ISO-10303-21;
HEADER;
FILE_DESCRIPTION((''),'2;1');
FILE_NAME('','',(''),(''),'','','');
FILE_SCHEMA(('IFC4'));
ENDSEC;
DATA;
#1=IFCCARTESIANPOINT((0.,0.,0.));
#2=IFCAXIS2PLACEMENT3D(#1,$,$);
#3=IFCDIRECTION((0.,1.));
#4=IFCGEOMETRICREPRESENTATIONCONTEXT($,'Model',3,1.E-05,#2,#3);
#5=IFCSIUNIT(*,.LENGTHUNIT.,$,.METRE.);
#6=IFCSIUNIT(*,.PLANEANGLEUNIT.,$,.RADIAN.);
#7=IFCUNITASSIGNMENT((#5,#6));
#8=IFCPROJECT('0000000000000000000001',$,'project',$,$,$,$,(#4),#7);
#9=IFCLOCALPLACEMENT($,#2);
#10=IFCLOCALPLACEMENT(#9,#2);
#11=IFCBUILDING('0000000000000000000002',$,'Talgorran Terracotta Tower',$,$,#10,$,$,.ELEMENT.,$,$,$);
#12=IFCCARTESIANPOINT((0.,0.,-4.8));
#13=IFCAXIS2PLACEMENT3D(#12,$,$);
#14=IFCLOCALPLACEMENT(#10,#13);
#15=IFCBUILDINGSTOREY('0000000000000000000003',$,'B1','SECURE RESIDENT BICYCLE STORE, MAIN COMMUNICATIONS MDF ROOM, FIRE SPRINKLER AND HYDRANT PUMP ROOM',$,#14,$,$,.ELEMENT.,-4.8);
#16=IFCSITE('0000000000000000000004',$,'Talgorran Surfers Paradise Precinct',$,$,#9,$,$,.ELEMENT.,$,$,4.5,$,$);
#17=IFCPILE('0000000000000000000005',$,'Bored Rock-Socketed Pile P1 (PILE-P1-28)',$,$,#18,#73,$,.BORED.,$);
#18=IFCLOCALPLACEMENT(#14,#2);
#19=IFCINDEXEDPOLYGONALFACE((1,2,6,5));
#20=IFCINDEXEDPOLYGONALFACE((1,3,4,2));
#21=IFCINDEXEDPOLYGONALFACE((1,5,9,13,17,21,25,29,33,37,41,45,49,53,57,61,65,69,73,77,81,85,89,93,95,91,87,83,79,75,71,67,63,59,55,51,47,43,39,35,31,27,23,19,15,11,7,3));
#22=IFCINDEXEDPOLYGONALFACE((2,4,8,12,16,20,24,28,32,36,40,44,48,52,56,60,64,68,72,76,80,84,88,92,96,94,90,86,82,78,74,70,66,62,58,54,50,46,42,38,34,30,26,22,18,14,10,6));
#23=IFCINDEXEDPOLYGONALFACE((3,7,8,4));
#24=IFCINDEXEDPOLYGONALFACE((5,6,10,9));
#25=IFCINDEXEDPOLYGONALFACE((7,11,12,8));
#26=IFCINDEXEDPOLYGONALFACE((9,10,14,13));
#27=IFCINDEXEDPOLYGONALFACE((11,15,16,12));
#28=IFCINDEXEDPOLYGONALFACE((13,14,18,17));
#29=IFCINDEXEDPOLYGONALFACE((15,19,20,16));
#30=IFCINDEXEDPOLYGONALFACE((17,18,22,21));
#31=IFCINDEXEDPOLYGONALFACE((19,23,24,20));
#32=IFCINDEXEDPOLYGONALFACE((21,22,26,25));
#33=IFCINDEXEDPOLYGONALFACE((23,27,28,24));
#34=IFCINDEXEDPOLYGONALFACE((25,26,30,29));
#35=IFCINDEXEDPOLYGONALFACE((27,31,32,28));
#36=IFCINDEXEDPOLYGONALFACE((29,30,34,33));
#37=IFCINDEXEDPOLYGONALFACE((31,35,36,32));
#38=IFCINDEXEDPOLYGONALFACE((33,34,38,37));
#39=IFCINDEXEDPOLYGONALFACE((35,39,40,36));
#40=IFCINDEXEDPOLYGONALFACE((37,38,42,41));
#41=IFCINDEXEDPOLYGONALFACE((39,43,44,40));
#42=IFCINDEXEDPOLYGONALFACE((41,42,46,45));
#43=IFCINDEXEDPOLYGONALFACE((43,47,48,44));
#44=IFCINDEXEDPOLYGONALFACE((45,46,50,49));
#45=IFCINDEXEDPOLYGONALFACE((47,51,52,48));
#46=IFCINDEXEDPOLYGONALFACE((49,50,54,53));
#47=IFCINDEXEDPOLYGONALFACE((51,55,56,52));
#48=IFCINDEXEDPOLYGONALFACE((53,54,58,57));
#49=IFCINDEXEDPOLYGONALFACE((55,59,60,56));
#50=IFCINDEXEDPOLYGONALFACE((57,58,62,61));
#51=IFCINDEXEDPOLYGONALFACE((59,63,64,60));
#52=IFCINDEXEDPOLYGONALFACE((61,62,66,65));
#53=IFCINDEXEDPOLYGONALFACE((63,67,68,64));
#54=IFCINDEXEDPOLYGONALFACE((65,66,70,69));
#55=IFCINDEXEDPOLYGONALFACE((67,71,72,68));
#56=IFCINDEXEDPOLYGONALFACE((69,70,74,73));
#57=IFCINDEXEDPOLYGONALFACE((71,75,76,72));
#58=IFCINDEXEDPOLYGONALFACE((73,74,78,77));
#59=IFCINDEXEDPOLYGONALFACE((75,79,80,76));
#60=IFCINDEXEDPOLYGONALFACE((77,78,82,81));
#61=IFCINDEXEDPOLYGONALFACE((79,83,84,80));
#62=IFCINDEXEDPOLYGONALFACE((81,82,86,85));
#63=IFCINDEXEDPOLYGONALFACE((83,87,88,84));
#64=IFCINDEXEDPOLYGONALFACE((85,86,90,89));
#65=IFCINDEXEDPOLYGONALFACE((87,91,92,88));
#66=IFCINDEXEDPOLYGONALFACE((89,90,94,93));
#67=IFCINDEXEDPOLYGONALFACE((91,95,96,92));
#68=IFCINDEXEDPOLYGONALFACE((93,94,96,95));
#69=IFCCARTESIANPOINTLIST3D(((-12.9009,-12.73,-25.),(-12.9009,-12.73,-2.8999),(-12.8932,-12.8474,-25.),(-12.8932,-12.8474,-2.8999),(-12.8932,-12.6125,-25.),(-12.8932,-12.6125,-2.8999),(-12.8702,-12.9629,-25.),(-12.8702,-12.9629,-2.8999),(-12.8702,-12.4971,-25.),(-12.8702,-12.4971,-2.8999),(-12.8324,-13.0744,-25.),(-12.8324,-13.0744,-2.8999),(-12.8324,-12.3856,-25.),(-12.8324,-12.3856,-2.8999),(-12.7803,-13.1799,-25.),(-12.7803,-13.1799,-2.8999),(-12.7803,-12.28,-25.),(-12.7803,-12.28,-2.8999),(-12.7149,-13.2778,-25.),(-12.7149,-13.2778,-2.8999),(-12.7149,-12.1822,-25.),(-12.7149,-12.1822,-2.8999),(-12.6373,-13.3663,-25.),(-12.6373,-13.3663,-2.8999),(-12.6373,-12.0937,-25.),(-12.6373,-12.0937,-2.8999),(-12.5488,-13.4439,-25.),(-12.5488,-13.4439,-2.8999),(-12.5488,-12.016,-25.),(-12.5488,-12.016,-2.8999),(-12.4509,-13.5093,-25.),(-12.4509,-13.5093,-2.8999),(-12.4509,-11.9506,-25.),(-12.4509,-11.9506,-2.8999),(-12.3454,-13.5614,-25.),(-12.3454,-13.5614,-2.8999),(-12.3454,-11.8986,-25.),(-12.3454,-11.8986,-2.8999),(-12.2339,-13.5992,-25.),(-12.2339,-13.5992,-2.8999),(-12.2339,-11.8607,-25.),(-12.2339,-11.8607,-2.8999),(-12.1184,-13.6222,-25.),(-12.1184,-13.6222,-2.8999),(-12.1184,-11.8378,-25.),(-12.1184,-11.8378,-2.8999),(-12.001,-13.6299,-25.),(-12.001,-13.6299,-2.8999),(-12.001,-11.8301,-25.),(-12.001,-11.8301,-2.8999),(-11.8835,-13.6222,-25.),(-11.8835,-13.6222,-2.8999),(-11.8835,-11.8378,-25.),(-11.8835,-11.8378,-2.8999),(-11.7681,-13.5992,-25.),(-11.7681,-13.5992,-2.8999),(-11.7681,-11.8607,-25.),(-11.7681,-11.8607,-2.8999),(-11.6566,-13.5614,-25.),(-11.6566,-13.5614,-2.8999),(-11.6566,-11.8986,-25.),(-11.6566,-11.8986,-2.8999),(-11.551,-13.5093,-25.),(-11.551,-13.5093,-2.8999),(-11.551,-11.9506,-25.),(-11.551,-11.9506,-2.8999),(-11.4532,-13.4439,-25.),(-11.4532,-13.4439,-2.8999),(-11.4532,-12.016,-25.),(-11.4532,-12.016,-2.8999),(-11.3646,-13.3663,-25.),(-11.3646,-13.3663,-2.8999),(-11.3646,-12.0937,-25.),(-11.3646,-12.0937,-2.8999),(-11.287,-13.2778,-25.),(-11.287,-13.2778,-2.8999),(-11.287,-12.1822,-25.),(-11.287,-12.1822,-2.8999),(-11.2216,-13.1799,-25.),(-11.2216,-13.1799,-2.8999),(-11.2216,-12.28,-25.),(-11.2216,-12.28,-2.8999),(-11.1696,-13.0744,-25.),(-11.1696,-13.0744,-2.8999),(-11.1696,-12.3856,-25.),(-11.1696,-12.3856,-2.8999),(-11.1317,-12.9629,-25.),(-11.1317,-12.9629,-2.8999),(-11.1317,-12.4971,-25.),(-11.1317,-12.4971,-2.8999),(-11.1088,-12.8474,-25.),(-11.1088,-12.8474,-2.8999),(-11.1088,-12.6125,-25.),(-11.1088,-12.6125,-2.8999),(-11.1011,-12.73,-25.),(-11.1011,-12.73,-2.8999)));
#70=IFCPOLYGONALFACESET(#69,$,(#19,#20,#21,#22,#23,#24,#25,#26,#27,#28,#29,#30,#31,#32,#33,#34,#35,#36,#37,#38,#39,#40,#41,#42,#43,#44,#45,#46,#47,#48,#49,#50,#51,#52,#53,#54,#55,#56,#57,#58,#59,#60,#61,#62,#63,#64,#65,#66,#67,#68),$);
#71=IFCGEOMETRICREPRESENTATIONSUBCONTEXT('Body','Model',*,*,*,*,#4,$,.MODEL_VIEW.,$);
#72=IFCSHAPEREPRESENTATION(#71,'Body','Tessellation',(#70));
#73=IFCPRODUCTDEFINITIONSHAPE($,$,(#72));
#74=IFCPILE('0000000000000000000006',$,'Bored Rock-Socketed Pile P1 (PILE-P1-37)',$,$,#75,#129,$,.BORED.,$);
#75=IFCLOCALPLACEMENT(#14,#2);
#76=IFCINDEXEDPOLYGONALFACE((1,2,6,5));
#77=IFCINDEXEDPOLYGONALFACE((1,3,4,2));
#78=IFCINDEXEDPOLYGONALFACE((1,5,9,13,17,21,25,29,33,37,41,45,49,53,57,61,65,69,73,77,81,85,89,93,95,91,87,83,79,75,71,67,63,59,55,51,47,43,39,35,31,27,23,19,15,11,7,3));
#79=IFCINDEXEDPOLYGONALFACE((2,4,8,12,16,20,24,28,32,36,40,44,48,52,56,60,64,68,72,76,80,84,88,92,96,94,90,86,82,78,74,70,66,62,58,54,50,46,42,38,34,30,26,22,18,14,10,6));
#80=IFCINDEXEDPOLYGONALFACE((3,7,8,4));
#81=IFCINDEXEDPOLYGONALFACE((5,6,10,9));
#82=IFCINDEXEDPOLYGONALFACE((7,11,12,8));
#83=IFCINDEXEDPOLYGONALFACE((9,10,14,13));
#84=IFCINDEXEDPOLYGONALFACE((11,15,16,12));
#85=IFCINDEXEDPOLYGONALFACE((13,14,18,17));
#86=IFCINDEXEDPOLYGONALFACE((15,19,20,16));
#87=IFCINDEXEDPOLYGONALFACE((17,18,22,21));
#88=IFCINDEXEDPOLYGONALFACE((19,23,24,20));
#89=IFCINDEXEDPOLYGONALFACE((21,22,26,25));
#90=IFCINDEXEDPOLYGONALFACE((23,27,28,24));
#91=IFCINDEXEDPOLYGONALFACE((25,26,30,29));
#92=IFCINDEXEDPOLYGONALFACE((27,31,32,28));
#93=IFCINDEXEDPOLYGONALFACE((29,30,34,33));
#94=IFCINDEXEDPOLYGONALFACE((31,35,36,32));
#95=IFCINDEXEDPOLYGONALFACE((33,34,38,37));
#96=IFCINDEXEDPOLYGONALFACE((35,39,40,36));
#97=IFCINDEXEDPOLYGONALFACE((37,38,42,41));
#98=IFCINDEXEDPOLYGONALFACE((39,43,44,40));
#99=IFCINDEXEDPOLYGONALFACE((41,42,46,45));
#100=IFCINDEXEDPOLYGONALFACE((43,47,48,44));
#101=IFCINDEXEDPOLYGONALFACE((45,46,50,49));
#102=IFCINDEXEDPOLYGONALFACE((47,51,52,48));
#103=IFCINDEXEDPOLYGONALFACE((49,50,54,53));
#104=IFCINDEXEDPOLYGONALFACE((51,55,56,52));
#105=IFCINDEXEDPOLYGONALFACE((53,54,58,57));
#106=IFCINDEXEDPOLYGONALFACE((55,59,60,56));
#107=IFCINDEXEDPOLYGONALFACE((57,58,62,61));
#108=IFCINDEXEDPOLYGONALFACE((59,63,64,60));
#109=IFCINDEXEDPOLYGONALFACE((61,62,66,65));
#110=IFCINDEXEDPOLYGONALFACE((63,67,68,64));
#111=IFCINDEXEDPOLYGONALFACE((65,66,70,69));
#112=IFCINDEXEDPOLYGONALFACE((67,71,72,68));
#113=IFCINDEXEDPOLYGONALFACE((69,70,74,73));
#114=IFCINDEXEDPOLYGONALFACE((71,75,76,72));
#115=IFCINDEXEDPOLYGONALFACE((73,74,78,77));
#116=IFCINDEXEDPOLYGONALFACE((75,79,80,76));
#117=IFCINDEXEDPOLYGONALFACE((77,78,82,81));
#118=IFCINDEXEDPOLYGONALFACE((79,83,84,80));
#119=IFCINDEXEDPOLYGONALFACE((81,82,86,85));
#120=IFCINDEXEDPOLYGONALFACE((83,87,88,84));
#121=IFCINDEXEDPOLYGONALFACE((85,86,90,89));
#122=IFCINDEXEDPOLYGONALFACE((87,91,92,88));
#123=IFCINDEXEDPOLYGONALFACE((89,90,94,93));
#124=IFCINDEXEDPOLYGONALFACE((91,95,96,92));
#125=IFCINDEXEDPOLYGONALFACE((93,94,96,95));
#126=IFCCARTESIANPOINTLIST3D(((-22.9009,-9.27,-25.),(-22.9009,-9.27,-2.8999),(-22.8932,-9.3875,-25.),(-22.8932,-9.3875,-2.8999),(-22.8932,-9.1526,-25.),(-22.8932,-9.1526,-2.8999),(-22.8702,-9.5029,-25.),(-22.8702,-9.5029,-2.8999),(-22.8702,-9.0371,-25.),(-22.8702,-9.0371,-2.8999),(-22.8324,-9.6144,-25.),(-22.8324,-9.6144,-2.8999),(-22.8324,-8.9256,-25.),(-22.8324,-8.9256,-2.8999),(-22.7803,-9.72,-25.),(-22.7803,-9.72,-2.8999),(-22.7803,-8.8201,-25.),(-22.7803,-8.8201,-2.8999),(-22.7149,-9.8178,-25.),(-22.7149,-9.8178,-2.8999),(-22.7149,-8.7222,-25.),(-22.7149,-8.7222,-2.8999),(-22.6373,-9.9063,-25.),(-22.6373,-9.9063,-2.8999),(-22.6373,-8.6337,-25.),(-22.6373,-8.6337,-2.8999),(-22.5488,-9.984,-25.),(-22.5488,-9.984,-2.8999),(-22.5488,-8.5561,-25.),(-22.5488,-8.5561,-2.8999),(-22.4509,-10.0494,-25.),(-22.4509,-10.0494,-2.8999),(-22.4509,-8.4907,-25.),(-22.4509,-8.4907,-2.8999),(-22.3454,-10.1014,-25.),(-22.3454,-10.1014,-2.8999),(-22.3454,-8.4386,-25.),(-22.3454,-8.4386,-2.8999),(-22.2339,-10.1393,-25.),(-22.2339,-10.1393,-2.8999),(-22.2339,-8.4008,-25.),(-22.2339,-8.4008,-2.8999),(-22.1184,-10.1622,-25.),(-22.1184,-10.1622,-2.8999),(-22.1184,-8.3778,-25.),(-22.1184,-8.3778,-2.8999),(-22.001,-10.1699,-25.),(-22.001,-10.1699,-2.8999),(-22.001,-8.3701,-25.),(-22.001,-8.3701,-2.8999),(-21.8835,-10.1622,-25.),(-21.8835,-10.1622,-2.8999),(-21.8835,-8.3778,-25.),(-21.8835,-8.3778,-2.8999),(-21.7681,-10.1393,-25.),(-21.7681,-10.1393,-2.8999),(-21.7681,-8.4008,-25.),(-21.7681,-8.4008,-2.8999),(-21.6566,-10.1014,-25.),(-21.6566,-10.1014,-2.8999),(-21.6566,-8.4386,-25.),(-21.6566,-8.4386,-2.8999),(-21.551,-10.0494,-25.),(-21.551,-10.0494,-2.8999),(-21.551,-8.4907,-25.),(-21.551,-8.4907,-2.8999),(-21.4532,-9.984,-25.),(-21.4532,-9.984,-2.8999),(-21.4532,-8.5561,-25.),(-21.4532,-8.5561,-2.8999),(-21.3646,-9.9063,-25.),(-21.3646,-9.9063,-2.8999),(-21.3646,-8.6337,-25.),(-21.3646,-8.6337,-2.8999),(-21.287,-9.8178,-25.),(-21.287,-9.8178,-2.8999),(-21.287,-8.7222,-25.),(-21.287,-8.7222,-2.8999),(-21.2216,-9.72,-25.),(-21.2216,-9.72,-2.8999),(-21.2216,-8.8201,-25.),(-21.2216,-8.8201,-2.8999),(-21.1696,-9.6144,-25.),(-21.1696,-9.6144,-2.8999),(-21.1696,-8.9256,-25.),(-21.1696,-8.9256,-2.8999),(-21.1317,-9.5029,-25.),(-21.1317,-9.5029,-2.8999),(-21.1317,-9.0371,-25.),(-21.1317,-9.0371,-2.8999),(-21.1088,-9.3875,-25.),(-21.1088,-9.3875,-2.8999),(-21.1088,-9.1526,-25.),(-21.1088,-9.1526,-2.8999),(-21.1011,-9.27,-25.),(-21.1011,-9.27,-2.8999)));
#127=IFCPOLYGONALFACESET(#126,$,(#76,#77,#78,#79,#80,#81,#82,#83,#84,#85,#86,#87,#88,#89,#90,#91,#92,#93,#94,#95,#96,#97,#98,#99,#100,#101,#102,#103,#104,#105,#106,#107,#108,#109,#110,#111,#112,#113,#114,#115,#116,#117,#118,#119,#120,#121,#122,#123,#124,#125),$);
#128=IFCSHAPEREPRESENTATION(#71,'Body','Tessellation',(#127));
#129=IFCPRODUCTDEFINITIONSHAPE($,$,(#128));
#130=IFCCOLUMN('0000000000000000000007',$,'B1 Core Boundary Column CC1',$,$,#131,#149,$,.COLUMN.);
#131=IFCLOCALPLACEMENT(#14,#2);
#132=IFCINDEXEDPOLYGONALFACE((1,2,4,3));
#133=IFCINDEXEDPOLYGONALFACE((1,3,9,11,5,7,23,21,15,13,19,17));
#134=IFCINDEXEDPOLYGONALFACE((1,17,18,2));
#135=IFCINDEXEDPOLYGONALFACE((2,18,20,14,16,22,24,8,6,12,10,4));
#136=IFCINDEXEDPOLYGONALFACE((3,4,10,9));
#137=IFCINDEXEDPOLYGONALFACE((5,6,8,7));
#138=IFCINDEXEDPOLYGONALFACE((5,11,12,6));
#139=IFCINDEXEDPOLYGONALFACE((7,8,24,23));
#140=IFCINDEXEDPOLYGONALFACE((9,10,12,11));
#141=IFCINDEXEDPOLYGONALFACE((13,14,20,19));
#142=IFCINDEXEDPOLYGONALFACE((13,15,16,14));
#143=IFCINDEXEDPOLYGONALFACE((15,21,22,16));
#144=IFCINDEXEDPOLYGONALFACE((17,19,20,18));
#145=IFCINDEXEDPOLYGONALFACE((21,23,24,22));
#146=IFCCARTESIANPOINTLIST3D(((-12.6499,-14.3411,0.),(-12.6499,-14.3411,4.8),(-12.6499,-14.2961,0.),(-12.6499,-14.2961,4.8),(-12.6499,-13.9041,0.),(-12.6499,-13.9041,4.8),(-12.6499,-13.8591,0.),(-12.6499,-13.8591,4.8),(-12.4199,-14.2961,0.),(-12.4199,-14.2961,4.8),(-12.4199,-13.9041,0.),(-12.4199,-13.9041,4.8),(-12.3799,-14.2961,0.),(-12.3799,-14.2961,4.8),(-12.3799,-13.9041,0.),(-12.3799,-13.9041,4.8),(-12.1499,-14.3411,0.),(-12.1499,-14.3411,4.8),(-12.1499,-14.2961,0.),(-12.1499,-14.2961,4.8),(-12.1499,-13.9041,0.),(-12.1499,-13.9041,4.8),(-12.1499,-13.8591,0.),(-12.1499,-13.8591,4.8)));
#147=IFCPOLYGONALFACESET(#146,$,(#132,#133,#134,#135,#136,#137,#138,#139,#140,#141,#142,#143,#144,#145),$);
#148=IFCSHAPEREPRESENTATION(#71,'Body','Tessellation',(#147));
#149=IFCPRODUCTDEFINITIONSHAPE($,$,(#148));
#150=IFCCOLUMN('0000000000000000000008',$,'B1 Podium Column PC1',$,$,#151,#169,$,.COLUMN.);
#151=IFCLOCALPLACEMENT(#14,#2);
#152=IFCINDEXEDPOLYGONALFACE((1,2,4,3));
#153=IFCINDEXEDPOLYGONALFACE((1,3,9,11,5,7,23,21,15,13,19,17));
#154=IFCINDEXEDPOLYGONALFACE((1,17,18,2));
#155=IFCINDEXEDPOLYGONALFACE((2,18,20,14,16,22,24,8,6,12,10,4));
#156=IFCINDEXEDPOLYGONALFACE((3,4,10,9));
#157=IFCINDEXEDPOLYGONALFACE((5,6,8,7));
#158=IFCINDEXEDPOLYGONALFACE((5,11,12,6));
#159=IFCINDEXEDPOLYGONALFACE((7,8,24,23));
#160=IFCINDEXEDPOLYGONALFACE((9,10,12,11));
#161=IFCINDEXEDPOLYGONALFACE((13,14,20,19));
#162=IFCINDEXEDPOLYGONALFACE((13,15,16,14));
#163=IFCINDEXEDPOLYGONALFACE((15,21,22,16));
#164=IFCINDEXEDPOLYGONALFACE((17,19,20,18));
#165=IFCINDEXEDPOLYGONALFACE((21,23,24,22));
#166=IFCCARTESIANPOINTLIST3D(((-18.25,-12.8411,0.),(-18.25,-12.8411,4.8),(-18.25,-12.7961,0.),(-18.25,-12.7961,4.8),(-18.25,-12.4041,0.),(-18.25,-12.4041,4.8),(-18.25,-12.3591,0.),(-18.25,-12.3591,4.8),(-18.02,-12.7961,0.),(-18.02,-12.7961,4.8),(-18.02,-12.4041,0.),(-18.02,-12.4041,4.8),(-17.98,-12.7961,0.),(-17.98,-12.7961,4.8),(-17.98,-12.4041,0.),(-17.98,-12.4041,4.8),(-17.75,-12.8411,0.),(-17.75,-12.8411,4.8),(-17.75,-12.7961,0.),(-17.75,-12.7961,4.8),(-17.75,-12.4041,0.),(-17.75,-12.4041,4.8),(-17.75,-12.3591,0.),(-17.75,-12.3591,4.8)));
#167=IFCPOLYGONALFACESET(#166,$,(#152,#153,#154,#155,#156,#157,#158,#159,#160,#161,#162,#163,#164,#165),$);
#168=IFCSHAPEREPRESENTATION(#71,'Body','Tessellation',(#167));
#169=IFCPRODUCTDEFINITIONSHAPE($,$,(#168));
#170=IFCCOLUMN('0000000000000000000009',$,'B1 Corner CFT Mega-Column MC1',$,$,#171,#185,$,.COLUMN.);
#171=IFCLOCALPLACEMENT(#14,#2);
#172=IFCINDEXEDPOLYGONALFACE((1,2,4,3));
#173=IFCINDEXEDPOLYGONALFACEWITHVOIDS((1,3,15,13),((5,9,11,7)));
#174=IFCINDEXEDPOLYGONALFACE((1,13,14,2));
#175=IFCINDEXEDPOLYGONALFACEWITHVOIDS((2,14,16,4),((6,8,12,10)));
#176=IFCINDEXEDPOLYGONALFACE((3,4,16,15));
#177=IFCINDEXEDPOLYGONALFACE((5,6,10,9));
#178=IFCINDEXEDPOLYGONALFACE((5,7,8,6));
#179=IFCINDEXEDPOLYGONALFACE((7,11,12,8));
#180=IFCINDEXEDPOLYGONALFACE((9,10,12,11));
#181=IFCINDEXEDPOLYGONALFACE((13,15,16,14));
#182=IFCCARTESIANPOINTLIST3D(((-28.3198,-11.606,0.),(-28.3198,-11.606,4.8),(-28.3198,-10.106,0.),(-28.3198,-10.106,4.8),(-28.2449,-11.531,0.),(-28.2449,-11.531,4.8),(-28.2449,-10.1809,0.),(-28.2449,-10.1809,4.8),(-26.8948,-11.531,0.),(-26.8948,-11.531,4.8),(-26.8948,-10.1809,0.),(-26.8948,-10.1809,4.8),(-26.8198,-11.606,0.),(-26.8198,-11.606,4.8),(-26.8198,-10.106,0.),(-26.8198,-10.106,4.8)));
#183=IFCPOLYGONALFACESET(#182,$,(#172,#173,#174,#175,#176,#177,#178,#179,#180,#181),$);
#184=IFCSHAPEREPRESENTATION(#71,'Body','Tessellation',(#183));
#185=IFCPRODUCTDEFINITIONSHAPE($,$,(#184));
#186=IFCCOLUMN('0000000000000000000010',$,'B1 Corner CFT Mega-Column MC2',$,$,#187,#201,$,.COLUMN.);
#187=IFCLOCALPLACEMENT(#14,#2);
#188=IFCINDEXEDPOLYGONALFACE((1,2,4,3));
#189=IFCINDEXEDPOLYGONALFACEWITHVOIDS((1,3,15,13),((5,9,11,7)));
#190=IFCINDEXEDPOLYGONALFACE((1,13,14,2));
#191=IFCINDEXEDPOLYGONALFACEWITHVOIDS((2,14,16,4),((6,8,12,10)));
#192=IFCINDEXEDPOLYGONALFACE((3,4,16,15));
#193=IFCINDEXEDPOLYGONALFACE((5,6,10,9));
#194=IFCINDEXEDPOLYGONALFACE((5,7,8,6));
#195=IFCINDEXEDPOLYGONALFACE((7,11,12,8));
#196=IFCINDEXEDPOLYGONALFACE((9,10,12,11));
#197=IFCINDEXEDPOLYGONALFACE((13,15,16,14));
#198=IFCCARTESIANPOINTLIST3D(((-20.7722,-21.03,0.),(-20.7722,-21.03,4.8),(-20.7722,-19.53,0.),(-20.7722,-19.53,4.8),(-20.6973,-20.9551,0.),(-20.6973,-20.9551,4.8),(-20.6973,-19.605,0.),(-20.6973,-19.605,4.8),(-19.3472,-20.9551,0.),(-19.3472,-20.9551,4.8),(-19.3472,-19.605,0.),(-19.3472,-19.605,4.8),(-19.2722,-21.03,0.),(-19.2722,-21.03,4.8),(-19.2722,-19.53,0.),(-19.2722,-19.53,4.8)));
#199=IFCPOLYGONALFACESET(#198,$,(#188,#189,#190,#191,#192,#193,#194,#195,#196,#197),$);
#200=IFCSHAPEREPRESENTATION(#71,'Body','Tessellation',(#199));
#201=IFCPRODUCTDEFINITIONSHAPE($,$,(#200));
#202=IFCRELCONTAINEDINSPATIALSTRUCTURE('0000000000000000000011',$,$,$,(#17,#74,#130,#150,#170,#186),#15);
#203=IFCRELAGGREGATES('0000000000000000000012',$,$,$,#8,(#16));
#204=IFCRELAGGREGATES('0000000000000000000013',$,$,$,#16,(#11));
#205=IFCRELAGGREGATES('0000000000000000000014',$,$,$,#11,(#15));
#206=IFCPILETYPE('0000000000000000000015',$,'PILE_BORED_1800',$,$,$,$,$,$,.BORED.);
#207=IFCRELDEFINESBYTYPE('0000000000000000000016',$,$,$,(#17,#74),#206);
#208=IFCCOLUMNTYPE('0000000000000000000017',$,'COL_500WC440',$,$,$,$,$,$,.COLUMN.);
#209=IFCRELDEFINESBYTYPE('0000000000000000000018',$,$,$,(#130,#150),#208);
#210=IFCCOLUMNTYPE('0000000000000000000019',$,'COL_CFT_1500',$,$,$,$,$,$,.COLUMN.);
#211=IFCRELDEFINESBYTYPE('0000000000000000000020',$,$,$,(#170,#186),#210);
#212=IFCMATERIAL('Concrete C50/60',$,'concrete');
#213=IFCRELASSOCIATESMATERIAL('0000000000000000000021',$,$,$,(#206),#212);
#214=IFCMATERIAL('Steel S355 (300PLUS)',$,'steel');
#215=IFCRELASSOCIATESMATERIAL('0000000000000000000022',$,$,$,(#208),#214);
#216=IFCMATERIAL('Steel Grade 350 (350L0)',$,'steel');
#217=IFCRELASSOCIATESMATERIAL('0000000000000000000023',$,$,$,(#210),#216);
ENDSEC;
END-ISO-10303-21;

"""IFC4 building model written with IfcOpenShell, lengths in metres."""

from ifc_helpers import new_model, si_unit, direction, frame, origin, origin_2d, place, context, subcontext, project, spatial, hollow_rectangle, circle, i_section, extrude, material, material_profile, profile_set, type_object, element, save


model = new_model("IFC4")

# Units and contexts
model_context = context("Model", 3, precision=1e-05, world=origin(), true_north=direction((0.0, 1.0)))
body_context = subcontext(model_context, "Body", "Model", "MODEL_VIEW")
ifc_project = project(units=[si_unit("LENGTHUNIT", "METRE"), si_unit("PLANEANGLEUNIT", "RADIAN")], contexts=[model_context])

# Site, building, storey
site_placement = place(None, origin())
site = spatial("IfcSite", under=ifc_project, at=site_placement, Name="Talgorran Surfers Paradise Precinct", CompositionType="ELEMENT", RefElevation=4.5)
building_placement = place(site_placement, origin())
building = spatial("IfcBuilding", under=site, at=building_placement, Name="Talgorran Terracotta Tower", CompositionType="ELEMENT")
storey_placement = place(building_placement, frame((0.0, 0.0, -4.8)))
storey = spatial("IfcBuildingStorey", under=building, at=storey_placement, Name="B1", Description="SECURE RESIDENT BICYCLE STORE, MAIN COMMUNICATIONS MDF ROOM, FIRE SPRINKLER AND HYDRANT PUMP ROOM", CompositionType="ELEMENT", Elevation=-4.8)

# Shared definitions
ifc_material_1 = material(Name="Concrete C50/60", Category="concrete")

# Piles
ifc_material_profile_1 = material_profile(ifc_material_1, circle(Radius=0.8999, at=origin_2d()), Name="PILE1800")
ifc_profile_set_1 = profile_set([ifc_material_profile_1], Name="Concrete C50/60")
pile_type = type_object("IfcPileType", Name="PILE_BORED_1800", PredefinedType="BORED", material=ifc_profile_set_1)
for number, where, z_axis, x_axis, name in (
    (1, (-12.001, -12.73, -2.8999), (0.0, 0.0, -1.0), (1.0, 0.0, 0.0), "Bored Rock-Socketed Pile P1 (PILE-P1-28)"),
    (2, (-22.001, -9.27, -2.8999), (0.0, 0.0, -1.0), (1.0, 0.0, 0.0), "Bored Rock-Socketed Pile P1 (PILE-P1-37)"),
):
    element("IfcPile", number, at=place(storey_placement, frame(where, z_axis=z_axis, x_axis=x_axis)), inside=storey, type_object=pile_type, Name=name, PredefinedType="BORED", context=body_context, shape_type="SweptSolid", body=[
        extrude(circle(Radius=0.8999, at=origin_2d()), origin(), (0.0, 0.0, 1.0), 22.1001),
    ])

# Columns
ifc_material_2 = material(Name="Steel S355 (300PLUS)", Category="steel")
ifc_material_profile_2 = material_profile(ifc_material_2, i_section(OverallWidth=0.5, OverallDepth=0.4819, WebThickness=0.04, FlangeThickness=0.0449, at=origin_2d()), Name="500WC440")
ifc_profile_set_2 = profile_set([ifc_material_profile_2], Name="Steel S355 (300PLUS)")
column_type_1 = type_object("IfcColumnType", Name="COL_500WC440", PredefinedType="COLUMN", material=ifc_profile_set_2)
for number, where, z_axis, x_axis, name in (
    (3, (-12.3999, -14.1001, 0.0), (0.0, 0.0, 1.0), (1.0, 0.0, 0.0), "B1 Core Boundary Column CC1"),
    (4, (-18.0, -12.6001, 0.0), (0.0, 0.0, 1.0), (1.0, 0.0, 0.0), "B1 Podium Column PC1"),
):
    element("IfcColumn", number, at=place(storey_placement, frame(where, z_axis=z_axis, x_axis=x_axis)), inside=storey, type_object=column_type_1, Name=name, PredefinedType="COLUMN", context=body_context, shape_type="SweptSolid", body=[
        extrude(i_section(OverallWidth=0.5, OverallDepth=0.4819, WebThickness=0.04, FlangeThickness=0.0449, at=origin_2d()), origin(), (0.0, 0.0, 1.0), 4.8),
    ])
ifc_material_3 = material(Name="Steel Grade 350 (350L0)", Category="steel")
ifc_material_profile_3 = material_profile(ifc_material_3, hollow_rectangle(XDim=1.5, YDim=1.5, WallThickness=0.075, at=origin_2d()), Name="CFT1500X1500X75")
ifc_profile_set_3 = profile_set([ifc_material_profile_3], Name="Steel Grade 350 (350L0)")
column_type_2 = type_object("IfcColumnType", Name="COL_CFT_1500", PredefinedType="COLUMN", material=ifc_profile_set_3)
for number, where, z_axis, x_axis, name in (
    (5, (-27.5698, -10.856, 0.0), (0.0, 0.0, 1.0), (1.0, 0.0, 0.0), "B1 Corner CFT Mega-Column MC1"),
    (6, (-20.0222, -20.28, 0.0), (0.0, 0.0, 1.0), (1.0, 0.0, 0.0), "B1 Corner CFT Mega-Column MC2"),
):
    element("IfcColumn", number, at=place(storey_placement, frame(where, z_axis=z_axis, x_axis=x_axis)), inside=storey, type_object=column_type_2, Name=name, PredefinedType="COLUMN", context=body_context, shape_type="SweptSolid", body=[
        extrude(hollow_rectangle(XDim=1.5, YDim=1.5, WallThickness=0.075, at=origin_2d()), origin(), (0.0, 0.0, 1.0), 4.8),
    ])

save(model, "model.ifc")
